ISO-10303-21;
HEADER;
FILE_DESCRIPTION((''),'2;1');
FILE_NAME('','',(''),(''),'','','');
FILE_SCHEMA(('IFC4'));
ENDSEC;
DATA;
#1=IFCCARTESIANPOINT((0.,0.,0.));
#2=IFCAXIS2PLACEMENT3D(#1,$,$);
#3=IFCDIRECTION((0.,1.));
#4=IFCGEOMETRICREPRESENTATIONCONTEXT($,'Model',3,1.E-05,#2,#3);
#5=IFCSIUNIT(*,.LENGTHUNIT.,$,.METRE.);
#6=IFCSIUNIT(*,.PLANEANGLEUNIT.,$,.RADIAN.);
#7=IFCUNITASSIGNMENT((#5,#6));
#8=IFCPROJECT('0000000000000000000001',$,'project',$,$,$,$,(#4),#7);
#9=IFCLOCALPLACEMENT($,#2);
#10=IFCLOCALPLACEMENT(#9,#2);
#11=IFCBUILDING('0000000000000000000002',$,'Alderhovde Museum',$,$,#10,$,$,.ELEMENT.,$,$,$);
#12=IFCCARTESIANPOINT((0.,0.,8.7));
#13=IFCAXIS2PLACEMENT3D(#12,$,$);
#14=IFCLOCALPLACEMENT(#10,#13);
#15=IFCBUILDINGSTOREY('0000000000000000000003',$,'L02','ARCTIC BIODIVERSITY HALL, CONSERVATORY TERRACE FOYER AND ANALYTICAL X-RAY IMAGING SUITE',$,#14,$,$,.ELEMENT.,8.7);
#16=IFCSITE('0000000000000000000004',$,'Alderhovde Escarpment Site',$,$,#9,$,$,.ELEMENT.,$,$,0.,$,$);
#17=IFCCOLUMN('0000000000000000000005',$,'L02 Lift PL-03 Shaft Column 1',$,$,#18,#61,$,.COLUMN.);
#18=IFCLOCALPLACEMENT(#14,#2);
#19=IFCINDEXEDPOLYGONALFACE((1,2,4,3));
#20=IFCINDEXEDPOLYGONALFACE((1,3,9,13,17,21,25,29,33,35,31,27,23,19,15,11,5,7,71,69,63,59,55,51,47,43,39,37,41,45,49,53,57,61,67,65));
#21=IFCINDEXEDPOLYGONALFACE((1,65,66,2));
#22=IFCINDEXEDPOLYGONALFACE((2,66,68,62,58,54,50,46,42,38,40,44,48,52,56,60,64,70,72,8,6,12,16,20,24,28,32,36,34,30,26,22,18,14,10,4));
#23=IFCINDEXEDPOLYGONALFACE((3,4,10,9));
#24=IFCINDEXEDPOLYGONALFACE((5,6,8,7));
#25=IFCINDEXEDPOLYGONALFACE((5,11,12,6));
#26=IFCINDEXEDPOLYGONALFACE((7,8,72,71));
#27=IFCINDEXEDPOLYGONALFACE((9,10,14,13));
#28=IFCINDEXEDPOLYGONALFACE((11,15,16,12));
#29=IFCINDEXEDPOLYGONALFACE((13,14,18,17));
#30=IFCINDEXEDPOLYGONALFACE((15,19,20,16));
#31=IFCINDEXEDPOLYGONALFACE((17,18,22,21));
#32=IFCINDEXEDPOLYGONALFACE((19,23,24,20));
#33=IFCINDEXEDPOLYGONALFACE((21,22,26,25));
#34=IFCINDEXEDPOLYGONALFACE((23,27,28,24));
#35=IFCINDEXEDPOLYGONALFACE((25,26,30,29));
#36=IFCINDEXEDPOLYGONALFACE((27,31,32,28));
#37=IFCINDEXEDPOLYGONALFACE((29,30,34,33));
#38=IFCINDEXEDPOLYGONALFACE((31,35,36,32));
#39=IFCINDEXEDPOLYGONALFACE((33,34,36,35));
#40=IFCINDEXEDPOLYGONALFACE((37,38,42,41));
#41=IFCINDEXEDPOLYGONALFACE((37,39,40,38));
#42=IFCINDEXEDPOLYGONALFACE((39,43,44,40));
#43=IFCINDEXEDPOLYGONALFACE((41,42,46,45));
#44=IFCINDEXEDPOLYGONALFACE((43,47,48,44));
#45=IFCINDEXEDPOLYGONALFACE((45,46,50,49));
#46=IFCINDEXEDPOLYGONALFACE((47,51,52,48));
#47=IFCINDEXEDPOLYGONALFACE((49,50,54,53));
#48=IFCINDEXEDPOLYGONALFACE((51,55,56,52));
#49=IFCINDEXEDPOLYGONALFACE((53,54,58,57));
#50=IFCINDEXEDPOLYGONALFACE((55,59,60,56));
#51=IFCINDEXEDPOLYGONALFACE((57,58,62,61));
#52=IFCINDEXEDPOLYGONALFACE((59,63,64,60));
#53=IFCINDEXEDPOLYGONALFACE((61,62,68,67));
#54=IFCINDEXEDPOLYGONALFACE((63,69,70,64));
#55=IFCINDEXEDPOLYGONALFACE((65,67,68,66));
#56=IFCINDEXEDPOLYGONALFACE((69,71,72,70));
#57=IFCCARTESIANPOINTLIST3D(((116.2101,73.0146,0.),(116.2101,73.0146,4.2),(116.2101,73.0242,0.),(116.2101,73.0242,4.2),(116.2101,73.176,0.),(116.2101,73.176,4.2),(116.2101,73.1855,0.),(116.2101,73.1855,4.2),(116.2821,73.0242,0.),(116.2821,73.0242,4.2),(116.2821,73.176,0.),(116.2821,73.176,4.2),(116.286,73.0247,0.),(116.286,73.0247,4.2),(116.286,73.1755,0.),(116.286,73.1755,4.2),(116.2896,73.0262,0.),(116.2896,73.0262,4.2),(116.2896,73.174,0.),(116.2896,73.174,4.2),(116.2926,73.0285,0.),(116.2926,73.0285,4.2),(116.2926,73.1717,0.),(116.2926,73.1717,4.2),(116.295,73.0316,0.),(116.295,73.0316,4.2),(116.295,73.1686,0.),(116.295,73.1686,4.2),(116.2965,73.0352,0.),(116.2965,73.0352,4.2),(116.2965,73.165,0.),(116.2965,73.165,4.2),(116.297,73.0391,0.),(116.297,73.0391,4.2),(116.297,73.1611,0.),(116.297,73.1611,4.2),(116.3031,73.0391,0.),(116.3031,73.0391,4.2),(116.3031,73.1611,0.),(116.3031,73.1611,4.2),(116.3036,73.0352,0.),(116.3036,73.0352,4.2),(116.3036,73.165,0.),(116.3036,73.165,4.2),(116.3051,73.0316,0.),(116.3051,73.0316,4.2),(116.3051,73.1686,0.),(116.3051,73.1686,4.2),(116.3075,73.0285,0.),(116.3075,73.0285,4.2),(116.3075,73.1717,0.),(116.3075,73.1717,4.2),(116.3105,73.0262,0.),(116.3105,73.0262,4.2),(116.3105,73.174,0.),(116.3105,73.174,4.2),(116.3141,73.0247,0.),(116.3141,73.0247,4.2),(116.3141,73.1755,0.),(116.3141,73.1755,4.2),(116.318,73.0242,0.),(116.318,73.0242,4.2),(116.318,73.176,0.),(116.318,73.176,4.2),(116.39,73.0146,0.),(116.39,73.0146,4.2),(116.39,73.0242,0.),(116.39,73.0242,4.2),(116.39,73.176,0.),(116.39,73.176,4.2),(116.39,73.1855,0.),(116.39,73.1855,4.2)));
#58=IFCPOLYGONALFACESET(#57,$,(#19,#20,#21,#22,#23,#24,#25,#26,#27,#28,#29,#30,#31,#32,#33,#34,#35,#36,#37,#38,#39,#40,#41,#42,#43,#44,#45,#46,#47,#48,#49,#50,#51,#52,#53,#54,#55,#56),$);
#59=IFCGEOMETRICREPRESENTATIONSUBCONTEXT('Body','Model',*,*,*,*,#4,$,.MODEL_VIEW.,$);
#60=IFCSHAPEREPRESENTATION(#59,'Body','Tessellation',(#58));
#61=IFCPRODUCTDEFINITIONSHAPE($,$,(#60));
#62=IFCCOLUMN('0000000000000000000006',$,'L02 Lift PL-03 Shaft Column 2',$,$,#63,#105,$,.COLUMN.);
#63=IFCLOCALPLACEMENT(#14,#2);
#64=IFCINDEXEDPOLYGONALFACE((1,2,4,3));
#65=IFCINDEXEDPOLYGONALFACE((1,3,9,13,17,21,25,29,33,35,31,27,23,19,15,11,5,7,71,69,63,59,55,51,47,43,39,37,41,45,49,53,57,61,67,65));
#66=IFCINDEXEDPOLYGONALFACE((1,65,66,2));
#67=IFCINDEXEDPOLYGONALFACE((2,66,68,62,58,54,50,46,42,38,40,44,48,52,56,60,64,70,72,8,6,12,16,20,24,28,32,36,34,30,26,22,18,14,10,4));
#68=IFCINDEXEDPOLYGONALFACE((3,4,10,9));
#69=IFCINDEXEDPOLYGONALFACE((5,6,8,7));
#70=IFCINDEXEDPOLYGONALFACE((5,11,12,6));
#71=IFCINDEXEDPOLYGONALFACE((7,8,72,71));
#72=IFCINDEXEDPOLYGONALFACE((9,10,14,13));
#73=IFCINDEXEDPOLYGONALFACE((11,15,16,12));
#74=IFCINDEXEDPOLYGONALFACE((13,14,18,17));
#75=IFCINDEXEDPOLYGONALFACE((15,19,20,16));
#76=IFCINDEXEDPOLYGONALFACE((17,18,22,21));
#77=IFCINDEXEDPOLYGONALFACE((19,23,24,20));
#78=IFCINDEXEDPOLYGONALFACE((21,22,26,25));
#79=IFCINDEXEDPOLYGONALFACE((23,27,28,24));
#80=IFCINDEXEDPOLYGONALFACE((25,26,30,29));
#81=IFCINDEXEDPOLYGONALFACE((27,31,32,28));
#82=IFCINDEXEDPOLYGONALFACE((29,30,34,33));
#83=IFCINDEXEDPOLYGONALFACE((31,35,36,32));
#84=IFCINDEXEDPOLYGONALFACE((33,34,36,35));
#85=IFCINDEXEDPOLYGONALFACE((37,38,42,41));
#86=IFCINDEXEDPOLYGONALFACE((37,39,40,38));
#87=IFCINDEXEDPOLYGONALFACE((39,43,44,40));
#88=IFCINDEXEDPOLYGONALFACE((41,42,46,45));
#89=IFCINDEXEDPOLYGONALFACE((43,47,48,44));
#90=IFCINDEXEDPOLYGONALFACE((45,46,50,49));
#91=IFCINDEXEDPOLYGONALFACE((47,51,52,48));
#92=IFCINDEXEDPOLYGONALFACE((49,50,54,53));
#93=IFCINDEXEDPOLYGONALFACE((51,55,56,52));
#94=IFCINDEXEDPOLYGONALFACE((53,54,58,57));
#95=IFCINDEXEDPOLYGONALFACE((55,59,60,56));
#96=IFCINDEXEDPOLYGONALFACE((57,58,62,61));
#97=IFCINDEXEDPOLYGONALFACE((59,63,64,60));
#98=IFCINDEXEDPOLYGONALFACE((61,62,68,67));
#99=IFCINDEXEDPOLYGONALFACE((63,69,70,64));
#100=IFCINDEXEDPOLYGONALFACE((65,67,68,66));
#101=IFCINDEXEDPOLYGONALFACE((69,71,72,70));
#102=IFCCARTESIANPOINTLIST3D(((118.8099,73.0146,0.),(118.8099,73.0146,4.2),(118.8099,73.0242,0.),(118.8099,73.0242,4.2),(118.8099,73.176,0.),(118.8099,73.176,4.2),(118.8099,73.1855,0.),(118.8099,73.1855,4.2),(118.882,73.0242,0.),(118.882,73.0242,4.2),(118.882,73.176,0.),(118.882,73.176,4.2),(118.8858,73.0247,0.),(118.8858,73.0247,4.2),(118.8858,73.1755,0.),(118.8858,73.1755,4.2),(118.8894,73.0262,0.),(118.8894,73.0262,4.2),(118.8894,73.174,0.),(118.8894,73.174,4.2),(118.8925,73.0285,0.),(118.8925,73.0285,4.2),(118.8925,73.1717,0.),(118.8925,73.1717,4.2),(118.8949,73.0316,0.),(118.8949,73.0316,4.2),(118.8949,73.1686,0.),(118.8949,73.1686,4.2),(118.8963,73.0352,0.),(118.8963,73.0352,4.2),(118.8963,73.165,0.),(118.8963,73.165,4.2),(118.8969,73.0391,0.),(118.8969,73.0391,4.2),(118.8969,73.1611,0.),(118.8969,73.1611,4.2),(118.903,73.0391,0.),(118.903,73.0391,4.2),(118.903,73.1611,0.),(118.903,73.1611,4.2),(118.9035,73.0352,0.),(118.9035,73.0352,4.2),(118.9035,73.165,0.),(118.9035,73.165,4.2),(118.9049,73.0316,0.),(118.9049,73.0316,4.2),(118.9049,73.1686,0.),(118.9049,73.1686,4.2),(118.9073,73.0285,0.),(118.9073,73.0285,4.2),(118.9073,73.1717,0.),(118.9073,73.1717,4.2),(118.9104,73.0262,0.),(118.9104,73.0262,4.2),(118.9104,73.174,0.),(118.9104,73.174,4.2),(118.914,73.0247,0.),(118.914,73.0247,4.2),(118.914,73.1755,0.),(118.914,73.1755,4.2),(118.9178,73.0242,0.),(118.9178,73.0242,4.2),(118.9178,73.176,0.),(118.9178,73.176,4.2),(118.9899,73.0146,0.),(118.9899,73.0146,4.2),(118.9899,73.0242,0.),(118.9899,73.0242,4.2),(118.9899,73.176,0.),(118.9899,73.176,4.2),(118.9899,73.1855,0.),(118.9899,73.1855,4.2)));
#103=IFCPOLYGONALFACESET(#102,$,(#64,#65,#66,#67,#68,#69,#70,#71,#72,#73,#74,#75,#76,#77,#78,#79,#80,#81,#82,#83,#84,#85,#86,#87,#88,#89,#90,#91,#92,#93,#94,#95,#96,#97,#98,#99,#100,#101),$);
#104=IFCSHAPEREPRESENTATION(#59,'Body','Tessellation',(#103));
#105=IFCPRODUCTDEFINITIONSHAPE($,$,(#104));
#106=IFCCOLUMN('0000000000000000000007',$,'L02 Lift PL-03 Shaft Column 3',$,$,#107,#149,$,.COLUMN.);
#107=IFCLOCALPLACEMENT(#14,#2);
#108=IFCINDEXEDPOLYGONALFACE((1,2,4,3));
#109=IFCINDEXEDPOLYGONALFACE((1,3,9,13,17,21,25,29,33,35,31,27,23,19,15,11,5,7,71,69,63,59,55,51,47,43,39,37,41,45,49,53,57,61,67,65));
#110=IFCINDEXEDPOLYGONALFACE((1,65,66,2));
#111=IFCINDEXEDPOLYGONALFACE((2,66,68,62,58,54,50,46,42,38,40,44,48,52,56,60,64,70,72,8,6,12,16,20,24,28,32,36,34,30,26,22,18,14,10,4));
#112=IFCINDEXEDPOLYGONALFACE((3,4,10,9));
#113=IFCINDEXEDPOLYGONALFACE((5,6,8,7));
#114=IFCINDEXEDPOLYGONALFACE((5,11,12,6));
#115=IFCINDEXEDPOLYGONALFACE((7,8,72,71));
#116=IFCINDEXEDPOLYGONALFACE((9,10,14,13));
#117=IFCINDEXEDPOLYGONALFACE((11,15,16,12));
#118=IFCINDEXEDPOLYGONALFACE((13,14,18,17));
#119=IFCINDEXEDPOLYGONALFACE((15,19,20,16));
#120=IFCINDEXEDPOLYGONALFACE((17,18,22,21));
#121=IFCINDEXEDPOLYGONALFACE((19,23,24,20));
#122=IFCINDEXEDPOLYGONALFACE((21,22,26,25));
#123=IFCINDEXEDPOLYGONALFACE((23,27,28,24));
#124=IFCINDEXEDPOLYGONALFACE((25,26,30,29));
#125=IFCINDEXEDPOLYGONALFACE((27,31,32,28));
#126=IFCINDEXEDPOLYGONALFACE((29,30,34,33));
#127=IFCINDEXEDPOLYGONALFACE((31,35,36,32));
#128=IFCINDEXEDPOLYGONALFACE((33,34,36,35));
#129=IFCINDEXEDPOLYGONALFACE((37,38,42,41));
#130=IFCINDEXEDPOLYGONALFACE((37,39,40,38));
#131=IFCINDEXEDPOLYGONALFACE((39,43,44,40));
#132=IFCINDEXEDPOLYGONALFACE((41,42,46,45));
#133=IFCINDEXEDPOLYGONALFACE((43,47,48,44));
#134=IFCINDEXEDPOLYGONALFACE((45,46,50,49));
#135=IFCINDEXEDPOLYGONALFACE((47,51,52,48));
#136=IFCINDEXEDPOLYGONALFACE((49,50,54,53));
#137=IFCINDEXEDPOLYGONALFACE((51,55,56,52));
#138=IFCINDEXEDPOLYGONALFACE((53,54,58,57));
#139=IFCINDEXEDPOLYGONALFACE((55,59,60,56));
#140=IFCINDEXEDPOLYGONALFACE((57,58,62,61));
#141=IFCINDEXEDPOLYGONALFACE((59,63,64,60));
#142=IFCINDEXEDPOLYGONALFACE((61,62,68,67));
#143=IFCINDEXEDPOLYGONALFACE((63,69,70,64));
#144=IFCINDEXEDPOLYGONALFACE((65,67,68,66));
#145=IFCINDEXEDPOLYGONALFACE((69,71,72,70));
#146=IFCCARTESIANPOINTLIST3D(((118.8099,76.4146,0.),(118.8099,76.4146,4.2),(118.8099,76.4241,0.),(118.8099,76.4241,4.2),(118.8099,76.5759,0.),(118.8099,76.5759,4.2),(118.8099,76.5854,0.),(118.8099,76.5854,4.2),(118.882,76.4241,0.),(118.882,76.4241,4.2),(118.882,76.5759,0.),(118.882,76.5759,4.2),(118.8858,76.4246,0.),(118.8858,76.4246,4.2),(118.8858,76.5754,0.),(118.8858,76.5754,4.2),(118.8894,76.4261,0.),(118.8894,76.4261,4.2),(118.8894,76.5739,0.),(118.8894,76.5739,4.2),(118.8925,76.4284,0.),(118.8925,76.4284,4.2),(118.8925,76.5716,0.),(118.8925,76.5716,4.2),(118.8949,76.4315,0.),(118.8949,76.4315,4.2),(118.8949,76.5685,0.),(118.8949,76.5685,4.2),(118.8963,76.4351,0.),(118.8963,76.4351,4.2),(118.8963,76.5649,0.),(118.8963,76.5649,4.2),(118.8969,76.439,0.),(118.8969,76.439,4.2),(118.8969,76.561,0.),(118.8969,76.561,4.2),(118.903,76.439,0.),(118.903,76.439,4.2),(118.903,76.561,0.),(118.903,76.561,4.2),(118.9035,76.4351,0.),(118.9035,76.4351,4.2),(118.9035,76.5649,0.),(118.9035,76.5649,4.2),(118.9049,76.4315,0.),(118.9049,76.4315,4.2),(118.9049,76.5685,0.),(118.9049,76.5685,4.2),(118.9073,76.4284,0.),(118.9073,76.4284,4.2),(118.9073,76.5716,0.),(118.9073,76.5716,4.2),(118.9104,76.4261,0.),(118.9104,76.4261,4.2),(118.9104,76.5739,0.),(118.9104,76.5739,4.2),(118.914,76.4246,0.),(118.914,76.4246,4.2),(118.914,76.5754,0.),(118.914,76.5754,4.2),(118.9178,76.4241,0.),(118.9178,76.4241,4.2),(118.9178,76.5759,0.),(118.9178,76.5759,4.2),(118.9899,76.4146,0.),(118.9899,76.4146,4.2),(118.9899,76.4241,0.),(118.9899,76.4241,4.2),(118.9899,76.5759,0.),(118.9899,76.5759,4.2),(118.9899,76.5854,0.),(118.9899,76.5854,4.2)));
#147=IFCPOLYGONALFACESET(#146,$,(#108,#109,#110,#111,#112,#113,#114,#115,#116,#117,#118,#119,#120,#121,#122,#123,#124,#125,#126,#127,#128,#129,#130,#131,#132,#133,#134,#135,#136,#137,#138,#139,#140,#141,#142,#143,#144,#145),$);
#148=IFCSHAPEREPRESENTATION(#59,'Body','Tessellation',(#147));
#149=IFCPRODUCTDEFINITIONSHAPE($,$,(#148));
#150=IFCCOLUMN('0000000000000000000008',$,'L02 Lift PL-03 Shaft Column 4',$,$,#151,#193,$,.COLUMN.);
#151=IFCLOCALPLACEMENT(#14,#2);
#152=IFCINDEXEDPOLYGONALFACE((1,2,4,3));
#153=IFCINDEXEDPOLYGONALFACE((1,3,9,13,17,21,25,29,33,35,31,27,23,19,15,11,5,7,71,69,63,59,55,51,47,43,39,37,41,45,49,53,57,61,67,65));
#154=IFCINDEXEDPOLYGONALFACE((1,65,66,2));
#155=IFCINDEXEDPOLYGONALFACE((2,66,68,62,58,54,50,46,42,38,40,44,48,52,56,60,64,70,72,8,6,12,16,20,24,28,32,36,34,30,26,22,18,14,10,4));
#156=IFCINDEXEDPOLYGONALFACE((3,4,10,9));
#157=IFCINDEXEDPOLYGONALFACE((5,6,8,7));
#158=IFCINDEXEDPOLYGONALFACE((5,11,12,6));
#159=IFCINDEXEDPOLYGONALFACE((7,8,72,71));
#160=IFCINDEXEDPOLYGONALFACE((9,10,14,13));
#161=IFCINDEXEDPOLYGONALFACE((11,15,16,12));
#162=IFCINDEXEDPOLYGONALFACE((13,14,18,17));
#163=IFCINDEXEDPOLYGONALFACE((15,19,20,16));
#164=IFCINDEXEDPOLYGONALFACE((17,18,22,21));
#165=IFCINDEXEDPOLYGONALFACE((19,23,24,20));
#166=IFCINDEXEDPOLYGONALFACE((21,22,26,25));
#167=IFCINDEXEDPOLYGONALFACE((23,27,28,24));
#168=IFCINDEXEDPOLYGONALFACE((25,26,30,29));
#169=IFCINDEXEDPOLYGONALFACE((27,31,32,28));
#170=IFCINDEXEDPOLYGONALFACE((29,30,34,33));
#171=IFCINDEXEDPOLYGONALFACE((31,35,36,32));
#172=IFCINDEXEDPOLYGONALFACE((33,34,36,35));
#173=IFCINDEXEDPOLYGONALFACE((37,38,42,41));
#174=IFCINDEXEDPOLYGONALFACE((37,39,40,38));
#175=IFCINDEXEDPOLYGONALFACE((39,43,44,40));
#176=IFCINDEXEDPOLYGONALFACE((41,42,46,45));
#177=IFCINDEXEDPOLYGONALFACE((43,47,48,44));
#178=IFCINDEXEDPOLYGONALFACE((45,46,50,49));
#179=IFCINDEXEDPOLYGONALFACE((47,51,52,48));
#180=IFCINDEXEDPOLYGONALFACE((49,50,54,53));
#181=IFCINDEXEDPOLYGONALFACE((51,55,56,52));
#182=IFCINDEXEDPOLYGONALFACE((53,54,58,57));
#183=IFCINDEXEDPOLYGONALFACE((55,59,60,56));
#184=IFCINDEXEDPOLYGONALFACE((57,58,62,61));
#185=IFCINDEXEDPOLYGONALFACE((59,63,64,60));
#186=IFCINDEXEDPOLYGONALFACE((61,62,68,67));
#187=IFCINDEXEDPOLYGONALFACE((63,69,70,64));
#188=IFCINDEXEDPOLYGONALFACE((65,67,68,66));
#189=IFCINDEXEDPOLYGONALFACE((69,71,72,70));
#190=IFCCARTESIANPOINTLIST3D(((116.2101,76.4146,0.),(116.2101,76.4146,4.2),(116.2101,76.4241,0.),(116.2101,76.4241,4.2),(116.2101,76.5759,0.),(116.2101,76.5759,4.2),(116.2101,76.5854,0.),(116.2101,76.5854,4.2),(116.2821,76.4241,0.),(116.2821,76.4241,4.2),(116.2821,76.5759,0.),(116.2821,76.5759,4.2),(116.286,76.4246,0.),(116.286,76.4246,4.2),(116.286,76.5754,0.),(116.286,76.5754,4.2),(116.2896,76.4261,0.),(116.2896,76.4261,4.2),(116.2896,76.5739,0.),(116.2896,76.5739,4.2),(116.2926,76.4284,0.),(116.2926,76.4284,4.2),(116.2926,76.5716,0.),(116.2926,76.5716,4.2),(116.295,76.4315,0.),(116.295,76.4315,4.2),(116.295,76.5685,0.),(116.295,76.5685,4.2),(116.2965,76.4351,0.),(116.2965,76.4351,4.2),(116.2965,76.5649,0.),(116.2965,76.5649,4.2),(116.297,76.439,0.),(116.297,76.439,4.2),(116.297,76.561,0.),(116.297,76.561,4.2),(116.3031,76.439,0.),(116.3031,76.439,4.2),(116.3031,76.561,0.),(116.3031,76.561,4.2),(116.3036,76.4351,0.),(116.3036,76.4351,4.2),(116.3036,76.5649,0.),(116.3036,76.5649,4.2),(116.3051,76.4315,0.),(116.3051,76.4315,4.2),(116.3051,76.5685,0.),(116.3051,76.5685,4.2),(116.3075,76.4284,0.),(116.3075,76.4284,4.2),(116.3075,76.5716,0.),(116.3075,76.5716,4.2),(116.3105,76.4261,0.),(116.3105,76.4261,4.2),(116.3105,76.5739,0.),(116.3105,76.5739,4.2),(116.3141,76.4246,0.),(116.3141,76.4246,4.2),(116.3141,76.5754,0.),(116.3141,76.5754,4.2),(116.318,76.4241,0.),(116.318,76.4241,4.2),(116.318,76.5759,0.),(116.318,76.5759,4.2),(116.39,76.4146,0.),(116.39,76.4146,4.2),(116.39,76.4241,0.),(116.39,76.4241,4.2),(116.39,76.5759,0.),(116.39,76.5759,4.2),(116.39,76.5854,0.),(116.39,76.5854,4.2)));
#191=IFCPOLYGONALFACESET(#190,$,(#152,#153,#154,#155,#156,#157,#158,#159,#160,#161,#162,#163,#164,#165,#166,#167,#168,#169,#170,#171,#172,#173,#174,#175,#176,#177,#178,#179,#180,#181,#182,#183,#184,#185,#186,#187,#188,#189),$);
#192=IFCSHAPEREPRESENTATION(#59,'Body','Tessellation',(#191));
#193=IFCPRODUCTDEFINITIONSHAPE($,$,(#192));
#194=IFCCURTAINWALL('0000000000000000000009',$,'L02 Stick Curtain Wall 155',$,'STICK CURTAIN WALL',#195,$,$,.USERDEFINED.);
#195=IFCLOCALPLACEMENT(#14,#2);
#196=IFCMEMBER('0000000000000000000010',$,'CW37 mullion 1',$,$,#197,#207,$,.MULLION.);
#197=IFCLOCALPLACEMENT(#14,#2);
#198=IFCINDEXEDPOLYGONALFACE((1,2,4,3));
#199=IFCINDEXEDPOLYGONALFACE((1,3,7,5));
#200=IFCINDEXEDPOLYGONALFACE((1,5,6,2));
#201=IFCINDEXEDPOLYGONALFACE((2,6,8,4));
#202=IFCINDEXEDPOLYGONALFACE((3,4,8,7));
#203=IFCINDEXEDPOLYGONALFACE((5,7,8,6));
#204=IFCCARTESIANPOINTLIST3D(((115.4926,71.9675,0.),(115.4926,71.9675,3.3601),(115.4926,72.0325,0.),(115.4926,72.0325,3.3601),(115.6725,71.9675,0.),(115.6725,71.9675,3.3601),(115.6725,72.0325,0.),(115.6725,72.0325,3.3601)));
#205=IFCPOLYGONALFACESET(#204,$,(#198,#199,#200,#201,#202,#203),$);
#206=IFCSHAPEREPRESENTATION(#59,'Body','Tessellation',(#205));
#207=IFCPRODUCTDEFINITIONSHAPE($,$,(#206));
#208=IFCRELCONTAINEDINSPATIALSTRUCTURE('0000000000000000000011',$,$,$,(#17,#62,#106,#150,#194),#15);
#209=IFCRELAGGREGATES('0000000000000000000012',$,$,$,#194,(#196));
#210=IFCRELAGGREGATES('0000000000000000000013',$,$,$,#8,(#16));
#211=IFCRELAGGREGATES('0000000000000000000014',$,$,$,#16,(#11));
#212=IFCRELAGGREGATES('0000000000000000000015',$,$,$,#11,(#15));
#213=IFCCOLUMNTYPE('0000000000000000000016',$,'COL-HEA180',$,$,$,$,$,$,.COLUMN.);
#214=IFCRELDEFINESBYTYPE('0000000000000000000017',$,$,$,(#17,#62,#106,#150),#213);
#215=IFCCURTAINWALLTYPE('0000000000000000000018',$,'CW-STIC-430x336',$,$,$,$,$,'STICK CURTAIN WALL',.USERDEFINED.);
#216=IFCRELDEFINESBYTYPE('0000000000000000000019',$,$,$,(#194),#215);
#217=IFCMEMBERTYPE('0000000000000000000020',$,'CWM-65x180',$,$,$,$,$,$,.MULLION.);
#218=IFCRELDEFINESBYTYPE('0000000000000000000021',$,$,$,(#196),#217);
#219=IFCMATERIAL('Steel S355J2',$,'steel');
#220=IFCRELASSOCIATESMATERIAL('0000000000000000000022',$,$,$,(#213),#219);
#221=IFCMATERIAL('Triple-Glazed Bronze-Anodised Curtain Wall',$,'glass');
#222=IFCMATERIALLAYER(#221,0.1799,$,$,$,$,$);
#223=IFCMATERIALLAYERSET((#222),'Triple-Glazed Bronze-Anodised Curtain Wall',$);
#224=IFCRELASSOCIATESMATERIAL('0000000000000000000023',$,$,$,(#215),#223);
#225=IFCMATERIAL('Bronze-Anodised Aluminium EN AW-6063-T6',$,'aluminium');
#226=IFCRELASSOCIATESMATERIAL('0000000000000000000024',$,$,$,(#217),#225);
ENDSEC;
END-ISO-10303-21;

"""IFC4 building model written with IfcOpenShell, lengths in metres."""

from ifc_helpers import new_model, si_unit, direction, frame, origin, origin_2d, place, context, subcontext, project, spatial, rectangle, i_section, extrude, material, layer, layer_set, material_profile, profile_set, type_object, element, aggregate, save


model = new_model("IFC4")

# Units and contexts
model_context = context("Model", 3, precision=1e-05, world=origin(), true_north=direction((0.0, 1.0)))
body_context = subcontext(model_context, "Body", "Model", "MODEL_VIEW")
ifc_project = project(units=[si_unit("LENGTHUNIT", "METRE"), si_unit("PLANEANGLEUNIT", "RADIAN")], contexts=[model_context])

# Site, building, storey
site_placement = place(None, origin())
site = spatial("IfcSite", under=ifc_project, at=site_placement, Name="Alderhovde Escarpment Site", CompositionType="ELEMENT", RefElevation=0.0)
building_placement = place(site_placement, origin())
building = spatial("IfcBuilding", under=site, at=building_placement, Name="Alderhovde Museum", CompositionType="ELEMENT")
storey_placement = place(building_placement, frame((0.0, 0.0, 8.7)))
storey = spatial("IfcBuildingStorey", under=building, at=storey_placement, Name="L02", Description="ARCTIC BIODIVERSITY HALL, CONSERVATORY TERRACE FOYER AND ANALYTICAL X-RAY IMAGING SUITE", CompositionType="ELEMENT", Elevation=8.7)

# Columns
ifc_material_1 = material(Name="Steel S355J2", Category="steel")
ifc_material_profile_1 = material_profile(ifc_material_1, i_section(OverallWidth=0.1799, OverallDepth=0.1709, WebThickness=0.0061, FlangeThickness=0.0095, FilletRadius=0.0149, at=origin_2d()), Name="HEA 180")
ifc_profile_set_1 = profile_set([ifc_material_profile_1], Name="Steel S355J2")
column_type = type_object("IfcColumnType", Name="COL-HEA180", PredefinedType="COLUMN", material=ifc_profile_set_1)
for number, where, z_axis, x_axis, name in (
    (1, (116.3, 73.1001, 0.0), (0.0, 0.0, 1.0), (1.0, 0.0, 0.0), "L02 Lift PL-03 Shaft Column 1"),
    (2, (118.8999, 73.1001, 0.0), (0.0, 0.0, 1.0), (1.0, 0.0, 0.0), "L02 Lift PL-03 Shaft Column 2"),
    (3, (118.8999, 76.5, 0.0), (0.0, 0.0, 1.0), (1.0, 0.0, 0.0), "L02 Lift PL-03 Shaft Column 3"),
    (4, (116.3, 76.5, 0.0), (0.0, 0.0, 1.0), (1.0, 0.0, 0.0), "L02 Lift PL-03 Shaft Column 4"),
):
    element("IfcColumn", number, at=place(storey_placement, frame(where, z_axis=z_axis, x_axis=x_axis)), inside=storey, type_object=column_type, Name=name, PredefinedType="COLUMN", context=body_context, shape_type="SweptSolid", body=[
        extrude(i_section(OverallWidth=0.1799, OverallDepth=0.1709, WebThickness=0.0061, FlangeThickness=0.0095, FilletRadius=0.0149, at=origin_2d()), origin(), (0.0, 0.0, 1.0), 4.2),
    ])

# Curtain wall, member
ifc_material_2 = material(Name="Triple-Glazed Bronze-Anodised Curtain Wall", Category="glass")
ifc_layer_1 = layer(ifc_material_2, 0.1799)
ifc_layer_set_1 = layer_set([ifc_layer_1], Name="Triple-Glazed Bronze-Anodised Curtain Wall")
curtain_wall_type = type_object("IfcCurtainWallType", Name="CW-STIC-430x336", ElementType="STICK CURTAIN WALL", PredefinedType="USERDEFINED", material=ifc_layer_set_1)
curtain_wall_1_placement = place(storey_placement, origin())
curtain_wall_1 = element("IfcCurtainWall", 5, at=curtain_wall_1_placement, inside=storey, type_object=curtain_wall_type, Name="L02 Stick Curtain Wall 155", ObjectType="STICK CURTAIN WALL", PredefinedType="USERDEFINED")
ifc_material_3 = material(Name="Bronze-Anodised Aluminium EN AW-6063-T6", Category="aluminium")
ifc_material_profile_2 = material_profile(ifc_material_3, rectangle(XDim=0.0649, YDim=0.1799, at=origin_2d()), Name="MULLION 65x180")
ifc_profile_set_2 = profile_set([ifc_material_profile_2], Name="Bronze-Anodised Aluminium EN AW-6063-T6")
member_type_1 = type_object("IfcMemberType", Name="CWM-65x180", PredefinedType="MULLION", material=ifc_profile_set_2)
member_1_placement = place(storey_placement, frame((115.5825, 72.0, 0.0), z_axis=(0.0, 0.0, 1.0), x_axis=(0.0, 1.0, 0.0)))
member_1 = element("IfcMember", 6, at=member_1_placement, type_object=member_type_1, Name="CW37 mullion 1", PredefinedType="MULLION", context=body_context, shape_type="SweptSolid", body=[
    extrude(rectangle(XDim=0.0649, YDim=0.1799, at=origin_2d()), origin(), (0.0, 0.0, 1.0), 3.3601),
])

aggregate(curtain_wall_1, [member_1])

save(model, "model.ifc")
